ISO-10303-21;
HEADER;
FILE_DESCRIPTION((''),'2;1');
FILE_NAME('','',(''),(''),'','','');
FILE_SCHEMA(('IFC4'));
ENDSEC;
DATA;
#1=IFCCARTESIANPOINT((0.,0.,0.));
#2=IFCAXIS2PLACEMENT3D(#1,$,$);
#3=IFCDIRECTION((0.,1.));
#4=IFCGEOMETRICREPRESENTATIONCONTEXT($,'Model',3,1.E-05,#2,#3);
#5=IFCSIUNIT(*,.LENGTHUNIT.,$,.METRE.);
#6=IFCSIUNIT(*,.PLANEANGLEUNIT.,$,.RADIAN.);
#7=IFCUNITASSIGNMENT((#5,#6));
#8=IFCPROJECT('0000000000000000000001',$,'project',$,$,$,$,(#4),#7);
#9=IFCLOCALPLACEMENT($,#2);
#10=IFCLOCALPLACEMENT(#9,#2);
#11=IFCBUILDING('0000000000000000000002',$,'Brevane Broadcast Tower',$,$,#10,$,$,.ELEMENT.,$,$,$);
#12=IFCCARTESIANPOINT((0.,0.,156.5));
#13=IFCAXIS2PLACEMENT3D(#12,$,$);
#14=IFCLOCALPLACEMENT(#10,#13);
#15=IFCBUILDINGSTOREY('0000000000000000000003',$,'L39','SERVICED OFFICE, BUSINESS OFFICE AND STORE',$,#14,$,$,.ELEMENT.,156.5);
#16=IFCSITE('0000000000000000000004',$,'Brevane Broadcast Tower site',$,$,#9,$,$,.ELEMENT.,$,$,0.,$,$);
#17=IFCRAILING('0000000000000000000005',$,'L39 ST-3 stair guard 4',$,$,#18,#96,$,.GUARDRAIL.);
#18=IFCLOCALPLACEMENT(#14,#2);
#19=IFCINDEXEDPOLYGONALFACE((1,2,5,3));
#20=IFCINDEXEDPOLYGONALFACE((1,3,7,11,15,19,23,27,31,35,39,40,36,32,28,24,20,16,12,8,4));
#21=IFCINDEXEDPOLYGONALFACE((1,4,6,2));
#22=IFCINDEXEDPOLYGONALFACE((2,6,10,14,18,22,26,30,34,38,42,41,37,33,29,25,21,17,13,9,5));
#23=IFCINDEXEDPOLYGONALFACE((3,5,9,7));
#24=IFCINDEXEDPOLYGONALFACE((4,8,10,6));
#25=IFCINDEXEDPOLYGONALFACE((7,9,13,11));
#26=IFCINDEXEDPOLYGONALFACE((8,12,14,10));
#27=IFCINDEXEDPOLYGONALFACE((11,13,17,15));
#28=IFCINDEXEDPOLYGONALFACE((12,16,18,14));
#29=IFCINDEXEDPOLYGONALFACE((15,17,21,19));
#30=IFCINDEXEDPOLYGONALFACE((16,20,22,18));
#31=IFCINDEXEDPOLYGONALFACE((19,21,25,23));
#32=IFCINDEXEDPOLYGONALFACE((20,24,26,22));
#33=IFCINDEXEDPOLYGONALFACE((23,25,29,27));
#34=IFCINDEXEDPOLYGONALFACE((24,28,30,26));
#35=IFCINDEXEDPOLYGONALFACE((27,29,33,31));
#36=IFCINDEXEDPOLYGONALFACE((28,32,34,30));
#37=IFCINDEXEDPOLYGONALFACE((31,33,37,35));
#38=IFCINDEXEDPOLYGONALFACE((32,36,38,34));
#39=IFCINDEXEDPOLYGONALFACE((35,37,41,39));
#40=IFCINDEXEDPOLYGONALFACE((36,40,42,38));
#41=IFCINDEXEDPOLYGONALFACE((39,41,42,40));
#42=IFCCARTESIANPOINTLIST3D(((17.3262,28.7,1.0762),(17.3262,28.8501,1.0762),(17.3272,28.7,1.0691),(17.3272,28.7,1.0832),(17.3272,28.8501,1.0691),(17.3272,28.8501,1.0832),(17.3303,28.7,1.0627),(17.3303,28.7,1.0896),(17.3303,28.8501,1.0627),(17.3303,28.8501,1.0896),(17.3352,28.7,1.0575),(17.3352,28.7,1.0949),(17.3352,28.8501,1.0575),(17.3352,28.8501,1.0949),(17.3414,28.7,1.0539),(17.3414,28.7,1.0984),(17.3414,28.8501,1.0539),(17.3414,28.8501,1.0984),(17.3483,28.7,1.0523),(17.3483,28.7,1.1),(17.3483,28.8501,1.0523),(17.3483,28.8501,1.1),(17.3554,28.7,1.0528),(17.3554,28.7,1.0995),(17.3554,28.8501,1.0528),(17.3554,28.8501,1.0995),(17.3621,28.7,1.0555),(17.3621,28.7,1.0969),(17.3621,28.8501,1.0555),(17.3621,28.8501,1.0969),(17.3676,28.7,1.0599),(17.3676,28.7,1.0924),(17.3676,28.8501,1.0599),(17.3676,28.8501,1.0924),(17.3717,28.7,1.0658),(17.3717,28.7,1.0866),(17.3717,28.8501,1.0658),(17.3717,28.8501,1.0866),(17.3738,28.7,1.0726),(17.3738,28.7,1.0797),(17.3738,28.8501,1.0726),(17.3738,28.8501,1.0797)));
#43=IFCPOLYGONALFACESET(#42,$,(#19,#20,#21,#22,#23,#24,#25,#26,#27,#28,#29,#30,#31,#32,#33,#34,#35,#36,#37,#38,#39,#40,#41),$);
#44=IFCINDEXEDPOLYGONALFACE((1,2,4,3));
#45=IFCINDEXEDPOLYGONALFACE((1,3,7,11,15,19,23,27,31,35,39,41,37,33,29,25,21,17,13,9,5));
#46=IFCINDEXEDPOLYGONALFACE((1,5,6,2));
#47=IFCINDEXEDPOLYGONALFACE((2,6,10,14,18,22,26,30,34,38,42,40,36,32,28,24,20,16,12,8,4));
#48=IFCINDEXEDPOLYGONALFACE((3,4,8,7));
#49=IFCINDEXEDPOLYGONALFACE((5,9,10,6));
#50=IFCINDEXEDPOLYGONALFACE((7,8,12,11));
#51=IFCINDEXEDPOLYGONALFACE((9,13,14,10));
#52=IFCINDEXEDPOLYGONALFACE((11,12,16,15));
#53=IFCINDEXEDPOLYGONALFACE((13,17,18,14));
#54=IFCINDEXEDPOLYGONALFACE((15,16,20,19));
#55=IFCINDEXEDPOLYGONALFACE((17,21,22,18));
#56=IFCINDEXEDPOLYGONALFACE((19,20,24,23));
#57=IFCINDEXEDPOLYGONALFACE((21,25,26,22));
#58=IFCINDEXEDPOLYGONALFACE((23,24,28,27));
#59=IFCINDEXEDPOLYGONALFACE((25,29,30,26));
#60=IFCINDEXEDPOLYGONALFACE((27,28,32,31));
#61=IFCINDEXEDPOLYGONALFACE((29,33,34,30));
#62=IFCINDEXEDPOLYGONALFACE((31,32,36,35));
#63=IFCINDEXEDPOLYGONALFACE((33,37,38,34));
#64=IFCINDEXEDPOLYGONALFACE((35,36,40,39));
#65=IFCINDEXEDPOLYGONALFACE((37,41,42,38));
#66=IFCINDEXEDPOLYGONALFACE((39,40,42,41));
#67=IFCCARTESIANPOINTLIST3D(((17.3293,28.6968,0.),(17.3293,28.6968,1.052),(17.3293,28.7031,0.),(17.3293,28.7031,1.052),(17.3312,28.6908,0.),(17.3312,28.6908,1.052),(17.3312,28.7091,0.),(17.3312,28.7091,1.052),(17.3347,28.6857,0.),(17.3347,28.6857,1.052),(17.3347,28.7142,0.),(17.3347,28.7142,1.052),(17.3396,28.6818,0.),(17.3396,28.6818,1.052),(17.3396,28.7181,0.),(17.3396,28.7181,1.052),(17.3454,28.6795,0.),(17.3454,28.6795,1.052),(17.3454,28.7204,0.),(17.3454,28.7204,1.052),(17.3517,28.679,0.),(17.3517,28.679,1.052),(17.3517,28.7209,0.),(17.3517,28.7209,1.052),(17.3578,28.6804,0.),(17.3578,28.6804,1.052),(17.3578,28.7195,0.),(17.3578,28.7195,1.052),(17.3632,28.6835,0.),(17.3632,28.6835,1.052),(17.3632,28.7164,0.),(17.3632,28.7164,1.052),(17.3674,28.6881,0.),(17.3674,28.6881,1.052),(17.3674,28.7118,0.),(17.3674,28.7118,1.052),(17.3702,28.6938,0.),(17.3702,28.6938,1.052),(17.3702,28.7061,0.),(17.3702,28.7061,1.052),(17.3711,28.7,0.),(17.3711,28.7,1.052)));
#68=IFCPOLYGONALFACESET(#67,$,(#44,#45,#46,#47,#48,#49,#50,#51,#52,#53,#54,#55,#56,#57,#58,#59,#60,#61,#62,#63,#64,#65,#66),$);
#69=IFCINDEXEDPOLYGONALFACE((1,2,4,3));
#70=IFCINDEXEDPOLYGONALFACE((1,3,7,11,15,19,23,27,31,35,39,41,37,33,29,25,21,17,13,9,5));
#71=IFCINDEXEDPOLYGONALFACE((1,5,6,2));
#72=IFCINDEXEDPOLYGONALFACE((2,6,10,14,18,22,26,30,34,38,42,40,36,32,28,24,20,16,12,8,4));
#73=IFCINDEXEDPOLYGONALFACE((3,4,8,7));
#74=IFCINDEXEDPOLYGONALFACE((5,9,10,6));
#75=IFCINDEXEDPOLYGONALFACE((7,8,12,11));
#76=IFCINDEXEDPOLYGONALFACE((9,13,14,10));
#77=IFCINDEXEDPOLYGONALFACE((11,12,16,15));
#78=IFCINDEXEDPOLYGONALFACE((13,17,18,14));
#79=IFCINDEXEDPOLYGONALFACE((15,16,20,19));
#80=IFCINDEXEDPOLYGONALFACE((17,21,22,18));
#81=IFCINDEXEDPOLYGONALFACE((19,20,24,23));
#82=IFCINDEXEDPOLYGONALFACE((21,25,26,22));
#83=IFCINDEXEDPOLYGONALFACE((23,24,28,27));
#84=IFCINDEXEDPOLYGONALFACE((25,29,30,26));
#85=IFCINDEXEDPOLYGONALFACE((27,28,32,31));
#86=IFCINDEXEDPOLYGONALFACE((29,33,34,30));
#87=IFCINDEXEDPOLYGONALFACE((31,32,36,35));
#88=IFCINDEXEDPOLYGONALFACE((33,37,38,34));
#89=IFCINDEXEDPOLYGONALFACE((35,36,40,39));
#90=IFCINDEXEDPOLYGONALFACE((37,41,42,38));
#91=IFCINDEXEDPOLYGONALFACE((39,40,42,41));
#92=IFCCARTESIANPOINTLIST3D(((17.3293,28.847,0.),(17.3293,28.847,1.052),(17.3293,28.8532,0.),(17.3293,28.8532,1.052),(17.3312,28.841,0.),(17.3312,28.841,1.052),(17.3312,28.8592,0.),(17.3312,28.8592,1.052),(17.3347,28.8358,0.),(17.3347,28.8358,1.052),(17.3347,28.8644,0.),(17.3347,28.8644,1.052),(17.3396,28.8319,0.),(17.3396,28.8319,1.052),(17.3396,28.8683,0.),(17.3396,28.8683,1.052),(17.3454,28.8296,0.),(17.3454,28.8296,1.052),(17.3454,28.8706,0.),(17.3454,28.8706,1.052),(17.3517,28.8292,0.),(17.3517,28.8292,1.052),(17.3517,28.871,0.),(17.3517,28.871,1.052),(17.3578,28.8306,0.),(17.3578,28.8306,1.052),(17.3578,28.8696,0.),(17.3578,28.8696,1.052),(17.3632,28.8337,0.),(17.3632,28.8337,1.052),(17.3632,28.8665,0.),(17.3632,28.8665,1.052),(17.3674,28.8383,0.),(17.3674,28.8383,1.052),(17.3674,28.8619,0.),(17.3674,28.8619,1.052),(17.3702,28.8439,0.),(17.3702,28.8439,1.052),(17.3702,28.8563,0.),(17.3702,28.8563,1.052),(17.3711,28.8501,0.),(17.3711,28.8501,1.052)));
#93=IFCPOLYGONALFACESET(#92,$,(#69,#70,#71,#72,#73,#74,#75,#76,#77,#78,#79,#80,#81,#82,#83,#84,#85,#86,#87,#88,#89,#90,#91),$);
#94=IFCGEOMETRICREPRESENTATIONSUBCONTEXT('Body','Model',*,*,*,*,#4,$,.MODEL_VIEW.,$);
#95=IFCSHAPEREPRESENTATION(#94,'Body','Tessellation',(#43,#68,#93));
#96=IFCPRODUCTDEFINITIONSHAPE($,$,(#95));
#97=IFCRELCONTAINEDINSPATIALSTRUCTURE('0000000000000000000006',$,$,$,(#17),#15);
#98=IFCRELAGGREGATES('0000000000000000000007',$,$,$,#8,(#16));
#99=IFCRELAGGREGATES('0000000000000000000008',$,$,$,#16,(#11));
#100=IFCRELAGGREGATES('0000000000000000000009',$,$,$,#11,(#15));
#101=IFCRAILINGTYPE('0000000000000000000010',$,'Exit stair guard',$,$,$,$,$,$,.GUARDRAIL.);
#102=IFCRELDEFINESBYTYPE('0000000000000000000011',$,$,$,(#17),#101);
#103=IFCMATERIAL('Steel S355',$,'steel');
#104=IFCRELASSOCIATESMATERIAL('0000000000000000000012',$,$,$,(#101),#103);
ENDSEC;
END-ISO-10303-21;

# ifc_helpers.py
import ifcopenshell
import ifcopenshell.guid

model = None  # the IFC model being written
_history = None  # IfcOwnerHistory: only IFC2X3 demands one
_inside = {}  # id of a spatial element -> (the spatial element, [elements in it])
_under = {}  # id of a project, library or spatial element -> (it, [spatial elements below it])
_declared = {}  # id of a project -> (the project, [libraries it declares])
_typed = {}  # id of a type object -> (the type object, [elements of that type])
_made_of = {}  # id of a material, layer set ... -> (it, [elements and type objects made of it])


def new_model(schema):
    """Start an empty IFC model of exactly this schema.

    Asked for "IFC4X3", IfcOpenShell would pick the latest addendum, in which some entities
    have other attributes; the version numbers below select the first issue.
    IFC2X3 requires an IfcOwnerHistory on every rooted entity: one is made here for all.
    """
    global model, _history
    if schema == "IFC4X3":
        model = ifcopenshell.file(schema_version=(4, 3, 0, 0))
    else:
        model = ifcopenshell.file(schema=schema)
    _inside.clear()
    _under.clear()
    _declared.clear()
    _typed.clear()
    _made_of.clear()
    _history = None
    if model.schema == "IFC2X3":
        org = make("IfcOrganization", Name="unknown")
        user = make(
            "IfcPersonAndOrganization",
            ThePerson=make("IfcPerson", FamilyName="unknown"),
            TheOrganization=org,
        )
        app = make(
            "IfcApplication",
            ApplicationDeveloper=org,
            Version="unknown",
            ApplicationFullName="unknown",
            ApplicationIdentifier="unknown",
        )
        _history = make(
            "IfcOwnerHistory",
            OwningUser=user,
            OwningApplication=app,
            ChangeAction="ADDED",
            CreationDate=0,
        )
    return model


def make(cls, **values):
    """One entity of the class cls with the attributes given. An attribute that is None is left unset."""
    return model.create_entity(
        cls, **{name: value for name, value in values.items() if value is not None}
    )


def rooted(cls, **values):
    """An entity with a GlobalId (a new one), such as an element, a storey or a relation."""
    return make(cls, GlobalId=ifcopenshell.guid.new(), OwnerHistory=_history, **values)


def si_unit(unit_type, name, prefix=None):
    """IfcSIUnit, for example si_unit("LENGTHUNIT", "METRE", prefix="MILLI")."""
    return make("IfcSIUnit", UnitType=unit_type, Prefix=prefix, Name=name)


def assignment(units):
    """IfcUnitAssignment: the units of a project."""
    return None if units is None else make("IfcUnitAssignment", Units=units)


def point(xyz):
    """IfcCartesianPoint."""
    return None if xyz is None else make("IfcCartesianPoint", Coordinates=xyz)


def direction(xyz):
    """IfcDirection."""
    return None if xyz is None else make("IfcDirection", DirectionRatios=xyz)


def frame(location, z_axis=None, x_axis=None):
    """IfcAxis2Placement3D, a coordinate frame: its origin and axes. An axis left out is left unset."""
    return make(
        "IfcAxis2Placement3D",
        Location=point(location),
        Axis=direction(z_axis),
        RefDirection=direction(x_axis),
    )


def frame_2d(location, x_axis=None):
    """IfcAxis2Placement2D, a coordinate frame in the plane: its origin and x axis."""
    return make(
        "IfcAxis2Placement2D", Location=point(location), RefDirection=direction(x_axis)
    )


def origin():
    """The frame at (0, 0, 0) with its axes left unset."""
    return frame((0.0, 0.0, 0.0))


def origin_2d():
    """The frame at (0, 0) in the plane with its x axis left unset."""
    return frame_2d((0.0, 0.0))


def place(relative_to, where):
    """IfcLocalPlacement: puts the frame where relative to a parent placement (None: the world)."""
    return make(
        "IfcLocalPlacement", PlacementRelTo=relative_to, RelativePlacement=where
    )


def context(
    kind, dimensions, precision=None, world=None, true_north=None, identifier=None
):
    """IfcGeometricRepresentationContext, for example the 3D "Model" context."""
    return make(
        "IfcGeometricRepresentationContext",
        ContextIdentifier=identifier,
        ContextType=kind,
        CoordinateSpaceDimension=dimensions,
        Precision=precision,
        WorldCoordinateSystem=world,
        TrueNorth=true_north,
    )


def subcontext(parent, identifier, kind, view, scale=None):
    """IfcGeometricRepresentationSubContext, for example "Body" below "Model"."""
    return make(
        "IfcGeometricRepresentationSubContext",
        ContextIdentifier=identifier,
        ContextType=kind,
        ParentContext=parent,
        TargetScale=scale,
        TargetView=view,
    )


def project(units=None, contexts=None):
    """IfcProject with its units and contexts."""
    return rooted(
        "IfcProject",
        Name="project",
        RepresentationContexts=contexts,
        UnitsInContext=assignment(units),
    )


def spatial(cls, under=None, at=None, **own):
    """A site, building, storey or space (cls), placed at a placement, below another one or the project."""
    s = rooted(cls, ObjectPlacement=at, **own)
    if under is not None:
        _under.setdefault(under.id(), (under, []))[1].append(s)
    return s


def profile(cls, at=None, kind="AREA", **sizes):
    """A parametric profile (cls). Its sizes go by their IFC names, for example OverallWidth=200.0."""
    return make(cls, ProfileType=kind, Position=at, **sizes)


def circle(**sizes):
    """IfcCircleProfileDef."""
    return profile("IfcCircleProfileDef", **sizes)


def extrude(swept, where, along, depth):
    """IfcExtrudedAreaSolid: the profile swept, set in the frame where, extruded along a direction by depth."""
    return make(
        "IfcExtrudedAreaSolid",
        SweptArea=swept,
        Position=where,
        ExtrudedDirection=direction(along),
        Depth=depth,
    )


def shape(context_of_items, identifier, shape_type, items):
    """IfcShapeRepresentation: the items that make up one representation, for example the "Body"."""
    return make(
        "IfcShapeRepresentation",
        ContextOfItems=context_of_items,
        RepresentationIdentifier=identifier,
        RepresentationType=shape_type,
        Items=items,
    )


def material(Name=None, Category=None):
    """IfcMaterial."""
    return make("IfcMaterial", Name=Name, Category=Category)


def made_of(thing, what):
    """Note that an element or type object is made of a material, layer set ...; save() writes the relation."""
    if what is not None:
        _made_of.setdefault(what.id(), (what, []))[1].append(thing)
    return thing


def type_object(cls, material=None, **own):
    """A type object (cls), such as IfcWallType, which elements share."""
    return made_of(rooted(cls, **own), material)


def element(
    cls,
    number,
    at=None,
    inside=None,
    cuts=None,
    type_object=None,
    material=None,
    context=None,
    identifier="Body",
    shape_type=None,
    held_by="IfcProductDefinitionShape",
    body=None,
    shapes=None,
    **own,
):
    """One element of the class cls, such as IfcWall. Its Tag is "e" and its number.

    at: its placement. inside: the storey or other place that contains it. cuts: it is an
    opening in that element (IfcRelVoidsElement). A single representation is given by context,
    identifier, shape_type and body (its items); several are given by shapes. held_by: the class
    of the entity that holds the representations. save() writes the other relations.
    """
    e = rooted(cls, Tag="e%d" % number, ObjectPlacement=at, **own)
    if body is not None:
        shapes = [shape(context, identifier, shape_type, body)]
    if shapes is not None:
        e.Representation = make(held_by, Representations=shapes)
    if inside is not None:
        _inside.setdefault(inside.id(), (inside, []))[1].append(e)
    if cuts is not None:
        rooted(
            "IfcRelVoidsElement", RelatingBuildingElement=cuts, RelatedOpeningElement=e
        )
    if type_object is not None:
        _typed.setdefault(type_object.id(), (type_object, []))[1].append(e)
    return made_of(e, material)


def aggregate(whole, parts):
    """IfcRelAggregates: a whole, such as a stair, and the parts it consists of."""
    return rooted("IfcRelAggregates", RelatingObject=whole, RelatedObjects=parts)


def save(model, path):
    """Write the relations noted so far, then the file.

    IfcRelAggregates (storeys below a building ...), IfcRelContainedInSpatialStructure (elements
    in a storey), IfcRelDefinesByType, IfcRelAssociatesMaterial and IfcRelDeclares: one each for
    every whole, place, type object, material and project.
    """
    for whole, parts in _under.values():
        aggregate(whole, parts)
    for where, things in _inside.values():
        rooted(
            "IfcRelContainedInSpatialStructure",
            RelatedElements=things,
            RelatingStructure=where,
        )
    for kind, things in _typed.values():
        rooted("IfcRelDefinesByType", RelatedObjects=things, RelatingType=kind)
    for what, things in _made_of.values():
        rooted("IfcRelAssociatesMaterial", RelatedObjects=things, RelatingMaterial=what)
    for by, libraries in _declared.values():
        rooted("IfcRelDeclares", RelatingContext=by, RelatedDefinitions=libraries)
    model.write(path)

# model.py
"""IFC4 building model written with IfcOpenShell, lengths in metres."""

from ifc_helpers import new_model, si_unit, direction, frame, origin, origin_2d, place, context, subcontext, project, spatial, circle, extrude, material, type_object, element, save


model = new_model("IFC4")

# Units and contexts
model_context = context("Model", 3, precision=1e-05, world=origin(), true_north=direction((0.0, 1.0)))
body_context = subcontext(model_context, "Body", "Model", "MODEL_VIEW")
ifc_project = project(units=[si_unit("LENGTHUNIT", "METRE"), si_unit("PLANEANGLEUNIT", "RADIAN")], contexts=[model_context])

# Site, building, storey
site_placement = place(None, origin())
site = spatial("IfcSite", under=ifc_project, at=site_placement, Name="Brevane Broadcast Tower site", CompositionType="ELEMENT", RefElevation=0.0)
building_placement = place(site_placement, origin())
building = spatial("IfcBuilding", under=site, at=building_placement, Name="Brevane Broadcast Tower", CompositionType="ELEMENT")
storey_placement = place(building_placement, frame((0.0, 0.0, 156.5)))
storey = spatial("IfcBuildingStorey", under=building, at=storey_placement, Name="L39", Description="SERVICED OFFICE, BUSINESS OFFICE AND STORE", CompositionType="ELEMENT", Elevation=156.5)

# Railing
ifc_material_1 = material(Name="Steel S355", Category="steel")
railing_type_1 = type_object("IfcRailingType", Name="Exit stair guard", PredefinedType="GUARDRAIL", material=ifc_material_1)
railing_1_placement = place(storey_placement, frame((17.3501, 28.7, 0.0)))
element("IfcRailing", 1, at=railing_1_placement, inside=storey, type_object=railing_type_1, Name="L39 ST-3 stair guard 4", PredefinedType="GUARDRAIL", context=body_context, shape_type="SweptSolid", body=[
    extrude(circle(Radius=0.0239, at=origin_2d()), frame((0.0, 0.0, 1.0762), z_axis=(0.0, 1.0, 0.0), x_axis=(-1.0, 0.0, 0.0)), (0.0, 0.0, 1.0), 0.1501),
    extrude(circle(Radius=0.021, at=origin_2d()), origin(), (0.0, 0.0, 1.0), 1.052),
    extrude(circle(Radius=0.021, at=origin_2d()), frame((0.0, 0.1501, 0.0)), (0.0, 0.0, 1.0), 1.052),
])

save(model, "model.ifc")
